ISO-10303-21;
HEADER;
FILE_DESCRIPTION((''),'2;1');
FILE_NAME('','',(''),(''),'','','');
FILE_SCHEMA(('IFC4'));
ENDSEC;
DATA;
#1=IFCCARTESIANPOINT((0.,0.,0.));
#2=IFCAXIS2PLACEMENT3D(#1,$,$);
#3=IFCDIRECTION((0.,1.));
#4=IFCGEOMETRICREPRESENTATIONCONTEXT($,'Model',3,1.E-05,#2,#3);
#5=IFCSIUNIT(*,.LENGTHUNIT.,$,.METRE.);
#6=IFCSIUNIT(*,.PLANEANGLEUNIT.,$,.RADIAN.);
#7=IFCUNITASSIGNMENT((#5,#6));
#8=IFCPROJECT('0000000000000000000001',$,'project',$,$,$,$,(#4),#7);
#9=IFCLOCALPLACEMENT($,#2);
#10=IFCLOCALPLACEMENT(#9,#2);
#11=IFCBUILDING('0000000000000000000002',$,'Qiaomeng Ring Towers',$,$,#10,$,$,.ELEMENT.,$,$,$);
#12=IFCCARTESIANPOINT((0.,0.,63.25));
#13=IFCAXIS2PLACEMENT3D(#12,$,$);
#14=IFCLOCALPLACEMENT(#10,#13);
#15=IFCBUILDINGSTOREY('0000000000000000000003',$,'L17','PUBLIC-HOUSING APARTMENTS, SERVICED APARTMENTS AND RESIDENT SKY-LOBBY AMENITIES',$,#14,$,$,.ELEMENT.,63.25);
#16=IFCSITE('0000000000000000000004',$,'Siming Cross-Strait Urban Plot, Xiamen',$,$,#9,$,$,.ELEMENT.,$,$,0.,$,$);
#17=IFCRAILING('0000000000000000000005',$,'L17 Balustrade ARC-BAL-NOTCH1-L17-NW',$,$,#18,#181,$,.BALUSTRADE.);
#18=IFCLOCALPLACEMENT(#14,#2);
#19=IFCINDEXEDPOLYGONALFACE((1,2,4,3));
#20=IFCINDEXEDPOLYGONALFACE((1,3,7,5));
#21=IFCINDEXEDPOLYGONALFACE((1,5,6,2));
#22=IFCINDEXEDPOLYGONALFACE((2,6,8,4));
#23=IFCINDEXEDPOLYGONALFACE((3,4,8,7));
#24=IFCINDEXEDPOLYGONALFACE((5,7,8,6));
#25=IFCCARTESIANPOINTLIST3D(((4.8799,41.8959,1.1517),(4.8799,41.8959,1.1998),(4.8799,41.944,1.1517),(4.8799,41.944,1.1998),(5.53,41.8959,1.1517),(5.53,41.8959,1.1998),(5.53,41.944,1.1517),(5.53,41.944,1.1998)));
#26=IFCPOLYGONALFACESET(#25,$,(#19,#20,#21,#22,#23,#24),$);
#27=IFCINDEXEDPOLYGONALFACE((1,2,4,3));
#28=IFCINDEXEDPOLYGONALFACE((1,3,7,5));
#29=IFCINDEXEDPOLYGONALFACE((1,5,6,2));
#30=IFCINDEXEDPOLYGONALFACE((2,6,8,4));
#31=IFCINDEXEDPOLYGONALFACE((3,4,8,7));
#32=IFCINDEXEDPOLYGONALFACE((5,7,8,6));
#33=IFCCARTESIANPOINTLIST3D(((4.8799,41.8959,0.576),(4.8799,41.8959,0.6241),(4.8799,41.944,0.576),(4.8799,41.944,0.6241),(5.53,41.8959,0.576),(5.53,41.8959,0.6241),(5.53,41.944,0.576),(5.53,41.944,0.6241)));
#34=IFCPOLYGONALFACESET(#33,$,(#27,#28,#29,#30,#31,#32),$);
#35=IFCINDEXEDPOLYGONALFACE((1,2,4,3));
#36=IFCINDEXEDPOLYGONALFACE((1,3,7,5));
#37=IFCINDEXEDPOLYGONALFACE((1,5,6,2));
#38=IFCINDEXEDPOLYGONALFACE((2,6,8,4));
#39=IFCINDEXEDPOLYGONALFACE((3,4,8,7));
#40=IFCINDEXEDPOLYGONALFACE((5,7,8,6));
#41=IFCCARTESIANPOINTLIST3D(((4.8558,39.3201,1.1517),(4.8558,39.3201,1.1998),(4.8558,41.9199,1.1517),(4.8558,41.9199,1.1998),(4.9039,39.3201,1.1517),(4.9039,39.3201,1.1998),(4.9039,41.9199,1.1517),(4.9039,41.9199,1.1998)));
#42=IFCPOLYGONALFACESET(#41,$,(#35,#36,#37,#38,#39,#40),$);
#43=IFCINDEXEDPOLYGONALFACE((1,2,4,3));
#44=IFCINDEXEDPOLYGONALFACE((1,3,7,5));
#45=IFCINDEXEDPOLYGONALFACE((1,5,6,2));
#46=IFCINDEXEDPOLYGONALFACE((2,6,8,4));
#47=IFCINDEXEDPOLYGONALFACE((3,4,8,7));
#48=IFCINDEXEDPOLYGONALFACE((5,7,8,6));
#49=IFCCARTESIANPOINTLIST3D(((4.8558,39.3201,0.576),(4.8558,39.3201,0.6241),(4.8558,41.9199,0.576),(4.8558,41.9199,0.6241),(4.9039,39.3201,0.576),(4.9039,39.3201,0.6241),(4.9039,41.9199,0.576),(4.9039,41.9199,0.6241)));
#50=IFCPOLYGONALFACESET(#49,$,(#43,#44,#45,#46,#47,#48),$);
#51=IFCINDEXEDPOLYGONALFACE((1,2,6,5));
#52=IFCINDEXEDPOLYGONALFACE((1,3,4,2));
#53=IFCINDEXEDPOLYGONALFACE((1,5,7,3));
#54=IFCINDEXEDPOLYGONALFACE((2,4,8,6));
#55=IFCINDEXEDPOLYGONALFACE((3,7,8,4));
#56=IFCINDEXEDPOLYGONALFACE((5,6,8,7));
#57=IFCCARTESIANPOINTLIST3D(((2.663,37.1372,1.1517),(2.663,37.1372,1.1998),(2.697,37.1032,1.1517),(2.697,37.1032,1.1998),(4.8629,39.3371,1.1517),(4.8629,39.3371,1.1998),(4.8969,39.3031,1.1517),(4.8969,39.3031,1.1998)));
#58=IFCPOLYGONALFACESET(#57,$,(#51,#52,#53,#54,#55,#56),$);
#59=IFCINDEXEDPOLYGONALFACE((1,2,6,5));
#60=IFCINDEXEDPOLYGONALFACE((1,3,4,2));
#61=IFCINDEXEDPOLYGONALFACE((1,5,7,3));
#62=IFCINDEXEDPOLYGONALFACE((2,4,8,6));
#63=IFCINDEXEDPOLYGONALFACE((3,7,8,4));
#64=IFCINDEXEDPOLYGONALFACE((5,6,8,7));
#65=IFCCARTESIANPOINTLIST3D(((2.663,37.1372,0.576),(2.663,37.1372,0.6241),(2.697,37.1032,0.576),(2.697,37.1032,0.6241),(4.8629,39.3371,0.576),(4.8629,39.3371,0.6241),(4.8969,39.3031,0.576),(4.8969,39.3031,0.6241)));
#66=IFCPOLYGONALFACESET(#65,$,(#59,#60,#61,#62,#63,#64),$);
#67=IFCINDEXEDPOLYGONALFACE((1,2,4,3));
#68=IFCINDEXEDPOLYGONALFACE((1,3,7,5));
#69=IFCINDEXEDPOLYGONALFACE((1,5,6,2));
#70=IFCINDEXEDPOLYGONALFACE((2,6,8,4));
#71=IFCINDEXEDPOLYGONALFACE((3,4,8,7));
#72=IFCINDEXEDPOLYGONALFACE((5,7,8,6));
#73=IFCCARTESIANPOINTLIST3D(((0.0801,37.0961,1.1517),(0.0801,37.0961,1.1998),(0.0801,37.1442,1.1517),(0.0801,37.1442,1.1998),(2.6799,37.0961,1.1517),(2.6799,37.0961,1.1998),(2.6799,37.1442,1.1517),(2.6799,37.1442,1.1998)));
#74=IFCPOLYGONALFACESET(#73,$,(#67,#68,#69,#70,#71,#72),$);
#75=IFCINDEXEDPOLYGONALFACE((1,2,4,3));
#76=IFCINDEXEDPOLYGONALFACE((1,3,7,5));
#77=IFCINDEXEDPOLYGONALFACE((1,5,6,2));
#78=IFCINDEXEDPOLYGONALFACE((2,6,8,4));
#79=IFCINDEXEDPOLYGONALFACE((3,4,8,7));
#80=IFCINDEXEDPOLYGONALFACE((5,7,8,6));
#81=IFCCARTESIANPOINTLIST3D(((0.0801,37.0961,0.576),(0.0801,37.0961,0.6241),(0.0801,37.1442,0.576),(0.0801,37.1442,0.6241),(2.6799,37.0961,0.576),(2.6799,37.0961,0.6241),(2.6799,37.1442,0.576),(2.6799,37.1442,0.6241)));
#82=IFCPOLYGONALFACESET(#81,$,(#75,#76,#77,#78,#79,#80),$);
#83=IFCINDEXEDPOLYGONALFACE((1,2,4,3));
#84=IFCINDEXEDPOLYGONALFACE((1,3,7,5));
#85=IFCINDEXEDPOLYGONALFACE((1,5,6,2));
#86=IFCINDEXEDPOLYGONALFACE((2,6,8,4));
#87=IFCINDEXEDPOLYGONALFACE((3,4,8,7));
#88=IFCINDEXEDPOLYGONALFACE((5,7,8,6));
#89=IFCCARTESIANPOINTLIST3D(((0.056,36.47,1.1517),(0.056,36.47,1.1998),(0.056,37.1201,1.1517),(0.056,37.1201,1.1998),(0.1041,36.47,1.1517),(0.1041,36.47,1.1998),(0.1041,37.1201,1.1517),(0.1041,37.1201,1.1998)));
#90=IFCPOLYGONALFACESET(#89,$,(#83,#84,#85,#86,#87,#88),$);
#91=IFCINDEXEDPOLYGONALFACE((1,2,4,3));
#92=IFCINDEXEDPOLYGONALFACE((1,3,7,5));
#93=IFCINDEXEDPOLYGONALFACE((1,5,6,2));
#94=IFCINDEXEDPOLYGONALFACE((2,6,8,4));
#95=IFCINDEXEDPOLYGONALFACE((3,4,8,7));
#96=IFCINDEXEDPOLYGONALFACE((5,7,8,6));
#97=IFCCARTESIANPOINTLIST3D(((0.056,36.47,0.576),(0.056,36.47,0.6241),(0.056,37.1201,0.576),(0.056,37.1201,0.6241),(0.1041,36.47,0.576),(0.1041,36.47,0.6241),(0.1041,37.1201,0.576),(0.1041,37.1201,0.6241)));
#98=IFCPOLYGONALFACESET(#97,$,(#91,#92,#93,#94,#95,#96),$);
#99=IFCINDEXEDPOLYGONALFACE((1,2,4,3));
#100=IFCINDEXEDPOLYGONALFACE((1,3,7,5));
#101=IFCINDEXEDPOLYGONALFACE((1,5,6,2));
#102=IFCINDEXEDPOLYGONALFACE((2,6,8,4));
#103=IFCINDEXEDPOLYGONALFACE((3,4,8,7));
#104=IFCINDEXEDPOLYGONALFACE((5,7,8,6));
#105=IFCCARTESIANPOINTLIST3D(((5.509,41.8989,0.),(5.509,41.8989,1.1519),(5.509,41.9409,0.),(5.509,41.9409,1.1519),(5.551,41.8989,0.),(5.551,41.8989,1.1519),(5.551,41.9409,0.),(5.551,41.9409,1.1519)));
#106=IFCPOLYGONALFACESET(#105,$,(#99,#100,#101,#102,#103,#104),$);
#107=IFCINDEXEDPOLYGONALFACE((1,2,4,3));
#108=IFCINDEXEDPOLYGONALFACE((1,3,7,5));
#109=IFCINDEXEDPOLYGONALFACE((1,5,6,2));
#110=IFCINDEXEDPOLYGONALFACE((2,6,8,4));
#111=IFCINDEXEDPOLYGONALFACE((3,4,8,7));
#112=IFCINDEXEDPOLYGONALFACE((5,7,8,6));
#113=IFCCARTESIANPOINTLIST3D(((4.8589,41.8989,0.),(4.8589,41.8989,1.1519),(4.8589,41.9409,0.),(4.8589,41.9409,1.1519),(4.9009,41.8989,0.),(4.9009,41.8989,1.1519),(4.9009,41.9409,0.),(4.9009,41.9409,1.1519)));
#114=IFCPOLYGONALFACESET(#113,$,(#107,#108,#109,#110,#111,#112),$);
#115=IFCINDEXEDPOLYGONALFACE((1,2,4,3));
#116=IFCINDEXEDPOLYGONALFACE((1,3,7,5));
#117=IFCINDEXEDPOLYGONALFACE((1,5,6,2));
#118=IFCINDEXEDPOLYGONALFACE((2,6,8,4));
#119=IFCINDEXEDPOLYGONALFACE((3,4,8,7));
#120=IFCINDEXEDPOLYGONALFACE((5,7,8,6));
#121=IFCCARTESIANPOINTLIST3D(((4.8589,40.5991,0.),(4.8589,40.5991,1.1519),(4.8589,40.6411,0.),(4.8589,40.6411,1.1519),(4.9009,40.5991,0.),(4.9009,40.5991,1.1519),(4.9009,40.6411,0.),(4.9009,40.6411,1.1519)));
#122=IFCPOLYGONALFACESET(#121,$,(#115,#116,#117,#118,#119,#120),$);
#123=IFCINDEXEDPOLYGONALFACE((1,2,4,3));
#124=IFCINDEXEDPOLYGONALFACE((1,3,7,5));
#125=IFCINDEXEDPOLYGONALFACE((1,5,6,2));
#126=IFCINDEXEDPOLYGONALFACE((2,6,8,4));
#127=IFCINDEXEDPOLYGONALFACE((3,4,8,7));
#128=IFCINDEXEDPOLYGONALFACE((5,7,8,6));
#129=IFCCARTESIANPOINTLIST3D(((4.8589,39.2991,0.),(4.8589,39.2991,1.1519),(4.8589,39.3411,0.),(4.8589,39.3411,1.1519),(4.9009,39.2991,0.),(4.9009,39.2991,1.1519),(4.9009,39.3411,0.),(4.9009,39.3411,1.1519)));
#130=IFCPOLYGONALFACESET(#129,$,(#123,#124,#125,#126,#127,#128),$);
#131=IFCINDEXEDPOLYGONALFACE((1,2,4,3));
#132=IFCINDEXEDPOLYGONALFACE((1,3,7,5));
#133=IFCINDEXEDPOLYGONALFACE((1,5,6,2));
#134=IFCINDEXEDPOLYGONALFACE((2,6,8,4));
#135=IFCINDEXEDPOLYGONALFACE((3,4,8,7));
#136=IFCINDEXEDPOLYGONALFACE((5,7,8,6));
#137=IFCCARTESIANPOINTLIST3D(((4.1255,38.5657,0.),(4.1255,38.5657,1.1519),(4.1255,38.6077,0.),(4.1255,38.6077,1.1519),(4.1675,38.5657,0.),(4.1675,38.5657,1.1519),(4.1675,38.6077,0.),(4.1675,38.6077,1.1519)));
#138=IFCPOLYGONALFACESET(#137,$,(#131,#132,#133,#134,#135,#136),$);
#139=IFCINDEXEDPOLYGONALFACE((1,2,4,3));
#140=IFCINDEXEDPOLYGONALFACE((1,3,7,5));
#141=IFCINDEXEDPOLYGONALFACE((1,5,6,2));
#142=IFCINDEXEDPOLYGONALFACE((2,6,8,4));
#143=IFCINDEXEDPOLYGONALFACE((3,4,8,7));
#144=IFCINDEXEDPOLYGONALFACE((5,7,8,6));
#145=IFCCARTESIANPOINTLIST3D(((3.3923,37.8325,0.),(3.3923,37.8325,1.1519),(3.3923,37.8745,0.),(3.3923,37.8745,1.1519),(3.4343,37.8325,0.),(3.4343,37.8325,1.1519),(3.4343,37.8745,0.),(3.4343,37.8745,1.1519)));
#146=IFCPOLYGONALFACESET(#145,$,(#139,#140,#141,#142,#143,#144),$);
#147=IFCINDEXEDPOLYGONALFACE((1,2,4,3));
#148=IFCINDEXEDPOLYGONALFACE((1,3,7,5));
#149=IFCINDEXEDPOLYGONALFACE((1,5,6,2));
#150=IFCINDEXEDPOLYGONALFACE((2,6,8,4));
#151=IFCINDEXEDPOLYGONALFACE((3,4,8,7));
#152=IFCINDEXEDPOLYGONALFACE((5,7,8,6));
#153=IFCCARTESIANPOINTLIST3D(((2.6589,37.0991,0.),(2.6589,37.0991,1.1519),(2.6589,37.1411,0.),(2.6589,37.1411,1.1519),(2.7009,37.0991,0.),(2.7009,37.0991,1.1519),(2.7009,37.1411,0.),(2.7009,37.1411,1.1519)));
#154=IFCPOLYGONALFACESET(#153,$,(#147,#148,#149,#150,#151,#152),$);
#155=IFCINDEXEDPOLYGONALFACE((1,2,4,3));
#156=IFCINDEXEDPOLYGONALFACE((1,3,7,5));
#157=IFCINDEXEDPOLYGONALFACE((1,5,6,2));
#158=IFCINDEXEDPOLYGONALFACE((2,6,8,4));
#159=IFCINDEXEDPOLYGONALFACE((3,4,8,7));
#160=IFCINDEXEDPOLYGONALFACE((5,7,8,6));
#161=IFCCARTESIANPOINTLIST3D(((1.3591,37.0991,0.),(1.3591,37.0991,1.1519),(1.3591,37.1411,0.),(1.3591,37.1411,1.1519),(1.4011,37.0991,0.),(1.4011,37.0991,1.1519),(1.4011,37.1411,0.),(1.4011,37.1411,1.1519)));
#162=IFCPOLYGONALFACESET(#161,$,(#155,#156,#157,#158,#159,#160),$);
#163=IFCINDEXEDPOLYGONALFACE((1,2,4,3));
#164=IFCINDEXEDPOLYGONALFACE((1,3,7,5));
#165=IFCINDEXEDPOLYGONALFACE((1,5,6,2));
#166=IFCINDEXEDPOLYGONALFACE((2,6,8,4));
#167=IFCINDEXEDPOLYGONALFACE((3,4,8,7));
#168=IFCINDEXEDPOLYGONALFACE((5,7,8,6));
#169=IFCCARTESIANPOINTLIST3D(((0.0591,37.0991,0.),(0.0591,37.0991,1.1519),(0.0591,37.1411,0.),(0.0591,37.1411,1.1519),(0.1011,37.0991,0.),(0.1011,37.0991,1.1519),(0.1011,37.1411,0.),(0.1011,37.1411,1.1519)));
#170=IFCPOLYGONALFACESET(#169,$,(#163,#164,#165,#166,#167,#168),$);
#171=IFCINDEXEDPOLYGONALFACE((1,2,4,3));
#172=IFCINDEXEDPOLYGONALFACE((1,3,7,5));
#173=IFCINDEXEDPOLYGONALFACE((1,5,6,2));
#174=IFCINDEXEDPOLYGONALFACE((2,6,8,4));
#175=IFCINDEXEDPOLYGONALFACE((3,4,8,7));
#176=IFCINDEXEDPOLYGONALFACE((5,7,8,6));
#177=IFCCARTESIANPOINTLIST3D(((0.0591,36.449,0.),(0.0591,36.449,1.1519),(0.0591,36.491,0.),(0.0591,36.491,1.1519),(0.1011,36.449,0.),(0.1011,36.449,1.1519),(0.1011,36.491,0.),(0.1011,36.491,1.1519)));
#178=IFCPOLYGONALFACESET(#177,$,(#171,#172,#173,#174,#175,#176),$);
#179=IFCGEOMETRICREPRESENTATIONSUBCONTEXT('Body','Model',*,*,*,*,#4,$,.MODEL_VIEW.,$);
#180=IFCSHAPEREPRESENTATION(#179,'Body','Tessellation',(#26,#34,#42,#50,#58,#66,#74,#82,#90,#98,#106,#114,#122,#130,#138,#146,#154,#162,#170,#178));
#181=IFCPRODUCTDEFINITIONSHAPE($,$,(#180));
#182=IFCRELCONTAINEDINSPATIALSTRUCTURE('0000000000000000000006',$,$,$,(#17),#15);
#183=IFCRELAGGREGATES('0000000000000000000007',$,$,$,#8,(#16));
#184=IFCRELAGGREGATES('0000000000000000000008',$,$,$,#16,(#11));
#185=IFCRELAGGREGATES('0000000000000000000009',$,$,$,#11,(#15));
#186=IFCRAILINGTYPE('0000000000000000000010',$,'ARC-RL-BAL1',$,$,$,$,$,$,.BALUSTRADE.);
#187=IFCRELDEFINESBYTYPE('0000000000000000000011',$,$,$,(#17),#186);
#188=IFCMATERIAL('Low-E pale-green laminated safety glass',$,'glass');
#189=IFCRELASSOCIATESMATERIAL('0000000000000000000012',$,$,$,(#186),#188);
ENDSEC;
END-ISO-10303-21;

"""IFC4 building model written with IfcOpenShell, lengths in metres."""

from ifc_helpers import new_model, si_unit, direction, frame, origin, origin_2d, place, context, subcontext, project, spatial, rectangle, extrude, material, type_object, element, save


model = new_model("IFC4")

# Units and contexts
model_context = context("Model", 3, precision=1e-05, world=origin(), true_north=direction((0.0, 1.0)))
body_context = subcontext(model_context, "Body", "Model", "MODEL_VIEW")
ifc_project = project(units=[si_unit("LENGTHUNIT", "METRE"), si_unit("PLANEANGLEUNIT", "RADIAN")], contexts=[model_context])

# Site, building, storey
site_placement = place(None, origin())
site = spatial("IfcSite", under=ifc_project, at=site_placement, Name="Siming Cross-Strait Urban Plot, Xiamen", CompositionType="ELEMENT", RefElevation=0.0)
building_placement = place(site_placement, origin())
building = spatial("IfcBuilding", under=site, at=building_placement, Name="Qiaomeng Ring Towers", CompositionType="ELEMENT")
storey_placement = place(building_placement, frame((0.0, 0.0, 63.25)))
storey = spatial("IfcBuildingStorey", under=building, at=storey_placement, Name="L17", Description="PUBLIC-HOUSING APARTMENTS, SERVICED APARTMENTS AND RESIDENT SKY-LOBBY AMENITIES", CompositionType="ELEMENT", Elevation=63.25)

# Railing
ifc_material_1 = material(Name="Low-E pale-green laminated safety glass", Category="glass")
railing_type = type_object("IfcRailingType", Name="ARC-RL-BAL1", PredefinedType="BALUSTRADE", material=ifc_material_1)
railing_placement = place(storey_placement, frame((5.53, 41.9199, 0.0)))
element("IfcRailing", 1, at=railing_placement, inside=storey, type_object=railing_type, Name="L17 Balustrade ARC-BAL-NOTCH1-L17-NW", PredefinedType="BALUSTRADE", context=body_context, shape_type="SweptSolid", body=[
    extrude(rectangle(XDim=0.0481, YDim=0.0481, at=origin_2d()), frame((0.0, 0.0, 1.1758), z_axis=(-1.0, 0.0, 0.0), x_axis=(0.0, -1.0, 0.0)), (0.0, 0.0, 1.0), 0.6501),
    extrude(rectangle(XDim=0.0481, YDim=0.0481, at=origin_2d()), frame((0.0, 0.0, 0.6001), z_axis=(-1.0, 0.0, 0.0), x_axis=(0.0, -1.0, 0.0)), (0.0, 0.0, 1.0), 0.6501),
    extrude(rectangle(XDim=0.0481, YDim=0.0481, at=origin_2d()), frame((-0.6501, 0.0, 1.1758), z_axis=(0.0, -1.0, 0.0), x_axis=(1.0, 0.0, 0.0)), (0.0, 0.0, 1.0), 2.5999),
    extrude(rectangle(XDim=0.0481, YDim=0.0481, at=origin_2d()), frame((-0.6501, 0.0, 0.6001), z_axis=(0.0, -1.0, 0.0), x_axis=(1.0, 0.0, 0.0)), (0.0, 0.0, 1.0), 2.5999),
    extrude(rectangle(XDim=0.0481, YDim=0.0481, at=origin_2d()), frame((-0.6501, -2.5999, 1.1758), z_axis=(-0.707107, -0.707107, 0.0), x_axis=(0.707107, -0.707107, 0.0)), (0.0, 0.0, 1.0), 3.1111),
    extrude(rectangle(XDim=0.0481, YDim=0.0481, at=origin_2d()), frame((-0.6501, -2.5999, 0.6001), z_axis=(-0.707107, -0.707107, 0.0), x_axis=(0.707107, -0.707107, 0.0)), (0.0, 0.0, 1.0), 3.1111),
    extrude(rectangle(XDim=0.0481, YDim=0.0481, at=origin_2d()), frame((-2.8501, -4.7998, 1.1758), z_axis=(-1.0, 0.0, 0.0), x_axis=(0.0, -1.0, 0.0)), (0.0, 0.0, 1.0), 2.5999),
    extrude(rectangle(XDim=0.0481, YDim=0.0481, at=origin_2d()), frame((-2.8501, -4.7998, 0.6001), z_axis=(-1.0, 0.0, 0.0), x_axis=(0.0, -1.0, 0.0)), (0.0, 0.0, 1.0), 2.5999),
    extrude(rectangle(XDim=0.0481, YDim=0.0481, at=origin_2d()), frame((-5.45, -4.7998, 1.1758), z_axis=(0.0, -1.0, 0.0), x_axis=(1.0, 0.0, 0.0)), (0.0, 0.0, 1.0), 0.6501),
    extrude(rectangle(XDim=0.0481, YDim=0.0481, at=origin_2d()), frame((-5.45, -4.7998, 0.6001), z_axis=(0.0, -1.0, 0.0), x_axis=(1.0, 0.0, 0.0)), (0.0, 0.0, 1.0), 0.6501),
    extrude(rectangle(XDim=0.042, YDim=0.042, at=origin_2d()), origin(), (0.0, 0.0, 1.0), 1.1519),
    extrude(rectangle(XDim=0.042, YDim=0.042, at=origin_2d()), frame((-0.6501, 0.0, 0.0)), (0.0, 0.0, 1.0), 1.1519),
    extrude(rectangle(XDim=0.042, YDim=0.042, at=origin_2d()), frame((-0.6501, -1.2998, 0.0)), (0.0, 0.0, 1.0), 1.1519),
    extrude(rectangle(XDim=0.042, YDim=0.042, at=origin_2d()), frame((-0.6501, -2.5999, 0.0)), (0.0, 0.0, 1.0), 1.1519),
    extrude(rectangle(XDim=0.042, YDim=0.042, at=origin_2d()), frame((-1.3835, -3.3333, 0.0)), (0.0, 0.0, 1.0), 1.1519),
    extrude(rectangle(XDim=0.042, YDim=0.042, at=origin_2d()), frame((-2.1167, -4.0664, 0.0)), (0.0, 0.0, 1.0), 1.1519),
    extrude(rectangle(XDim=0.042, YDim=0.042, at=origin_2d()), frame((-2.8501, -4.7998, 0.0)), (0.0, 0.0, 1.0), 1.1519),
    extrude(rectangle(XDim=0.042, YDim=0.042, at=origin_2d()), frame((-4.1499, -4.7998, 0.0)), (0.0, 0.0, 1.0), 1.1519),
    extrude(rectangle(XDim=0.042, YDim=0.042, at=origin_2d()), frame((-5.45, -4.7998, 0.0)), (0.0, 0.0, 1.0), 1.1519),
    extrude(rectangle(XDim=0.042, YDim=0.042, at=origin_2d()), frame((-5.45, -5.45, 0.0)), (0.0, 0.0, 1.0), 1.1519),
])

save(model, "model.ifc")
